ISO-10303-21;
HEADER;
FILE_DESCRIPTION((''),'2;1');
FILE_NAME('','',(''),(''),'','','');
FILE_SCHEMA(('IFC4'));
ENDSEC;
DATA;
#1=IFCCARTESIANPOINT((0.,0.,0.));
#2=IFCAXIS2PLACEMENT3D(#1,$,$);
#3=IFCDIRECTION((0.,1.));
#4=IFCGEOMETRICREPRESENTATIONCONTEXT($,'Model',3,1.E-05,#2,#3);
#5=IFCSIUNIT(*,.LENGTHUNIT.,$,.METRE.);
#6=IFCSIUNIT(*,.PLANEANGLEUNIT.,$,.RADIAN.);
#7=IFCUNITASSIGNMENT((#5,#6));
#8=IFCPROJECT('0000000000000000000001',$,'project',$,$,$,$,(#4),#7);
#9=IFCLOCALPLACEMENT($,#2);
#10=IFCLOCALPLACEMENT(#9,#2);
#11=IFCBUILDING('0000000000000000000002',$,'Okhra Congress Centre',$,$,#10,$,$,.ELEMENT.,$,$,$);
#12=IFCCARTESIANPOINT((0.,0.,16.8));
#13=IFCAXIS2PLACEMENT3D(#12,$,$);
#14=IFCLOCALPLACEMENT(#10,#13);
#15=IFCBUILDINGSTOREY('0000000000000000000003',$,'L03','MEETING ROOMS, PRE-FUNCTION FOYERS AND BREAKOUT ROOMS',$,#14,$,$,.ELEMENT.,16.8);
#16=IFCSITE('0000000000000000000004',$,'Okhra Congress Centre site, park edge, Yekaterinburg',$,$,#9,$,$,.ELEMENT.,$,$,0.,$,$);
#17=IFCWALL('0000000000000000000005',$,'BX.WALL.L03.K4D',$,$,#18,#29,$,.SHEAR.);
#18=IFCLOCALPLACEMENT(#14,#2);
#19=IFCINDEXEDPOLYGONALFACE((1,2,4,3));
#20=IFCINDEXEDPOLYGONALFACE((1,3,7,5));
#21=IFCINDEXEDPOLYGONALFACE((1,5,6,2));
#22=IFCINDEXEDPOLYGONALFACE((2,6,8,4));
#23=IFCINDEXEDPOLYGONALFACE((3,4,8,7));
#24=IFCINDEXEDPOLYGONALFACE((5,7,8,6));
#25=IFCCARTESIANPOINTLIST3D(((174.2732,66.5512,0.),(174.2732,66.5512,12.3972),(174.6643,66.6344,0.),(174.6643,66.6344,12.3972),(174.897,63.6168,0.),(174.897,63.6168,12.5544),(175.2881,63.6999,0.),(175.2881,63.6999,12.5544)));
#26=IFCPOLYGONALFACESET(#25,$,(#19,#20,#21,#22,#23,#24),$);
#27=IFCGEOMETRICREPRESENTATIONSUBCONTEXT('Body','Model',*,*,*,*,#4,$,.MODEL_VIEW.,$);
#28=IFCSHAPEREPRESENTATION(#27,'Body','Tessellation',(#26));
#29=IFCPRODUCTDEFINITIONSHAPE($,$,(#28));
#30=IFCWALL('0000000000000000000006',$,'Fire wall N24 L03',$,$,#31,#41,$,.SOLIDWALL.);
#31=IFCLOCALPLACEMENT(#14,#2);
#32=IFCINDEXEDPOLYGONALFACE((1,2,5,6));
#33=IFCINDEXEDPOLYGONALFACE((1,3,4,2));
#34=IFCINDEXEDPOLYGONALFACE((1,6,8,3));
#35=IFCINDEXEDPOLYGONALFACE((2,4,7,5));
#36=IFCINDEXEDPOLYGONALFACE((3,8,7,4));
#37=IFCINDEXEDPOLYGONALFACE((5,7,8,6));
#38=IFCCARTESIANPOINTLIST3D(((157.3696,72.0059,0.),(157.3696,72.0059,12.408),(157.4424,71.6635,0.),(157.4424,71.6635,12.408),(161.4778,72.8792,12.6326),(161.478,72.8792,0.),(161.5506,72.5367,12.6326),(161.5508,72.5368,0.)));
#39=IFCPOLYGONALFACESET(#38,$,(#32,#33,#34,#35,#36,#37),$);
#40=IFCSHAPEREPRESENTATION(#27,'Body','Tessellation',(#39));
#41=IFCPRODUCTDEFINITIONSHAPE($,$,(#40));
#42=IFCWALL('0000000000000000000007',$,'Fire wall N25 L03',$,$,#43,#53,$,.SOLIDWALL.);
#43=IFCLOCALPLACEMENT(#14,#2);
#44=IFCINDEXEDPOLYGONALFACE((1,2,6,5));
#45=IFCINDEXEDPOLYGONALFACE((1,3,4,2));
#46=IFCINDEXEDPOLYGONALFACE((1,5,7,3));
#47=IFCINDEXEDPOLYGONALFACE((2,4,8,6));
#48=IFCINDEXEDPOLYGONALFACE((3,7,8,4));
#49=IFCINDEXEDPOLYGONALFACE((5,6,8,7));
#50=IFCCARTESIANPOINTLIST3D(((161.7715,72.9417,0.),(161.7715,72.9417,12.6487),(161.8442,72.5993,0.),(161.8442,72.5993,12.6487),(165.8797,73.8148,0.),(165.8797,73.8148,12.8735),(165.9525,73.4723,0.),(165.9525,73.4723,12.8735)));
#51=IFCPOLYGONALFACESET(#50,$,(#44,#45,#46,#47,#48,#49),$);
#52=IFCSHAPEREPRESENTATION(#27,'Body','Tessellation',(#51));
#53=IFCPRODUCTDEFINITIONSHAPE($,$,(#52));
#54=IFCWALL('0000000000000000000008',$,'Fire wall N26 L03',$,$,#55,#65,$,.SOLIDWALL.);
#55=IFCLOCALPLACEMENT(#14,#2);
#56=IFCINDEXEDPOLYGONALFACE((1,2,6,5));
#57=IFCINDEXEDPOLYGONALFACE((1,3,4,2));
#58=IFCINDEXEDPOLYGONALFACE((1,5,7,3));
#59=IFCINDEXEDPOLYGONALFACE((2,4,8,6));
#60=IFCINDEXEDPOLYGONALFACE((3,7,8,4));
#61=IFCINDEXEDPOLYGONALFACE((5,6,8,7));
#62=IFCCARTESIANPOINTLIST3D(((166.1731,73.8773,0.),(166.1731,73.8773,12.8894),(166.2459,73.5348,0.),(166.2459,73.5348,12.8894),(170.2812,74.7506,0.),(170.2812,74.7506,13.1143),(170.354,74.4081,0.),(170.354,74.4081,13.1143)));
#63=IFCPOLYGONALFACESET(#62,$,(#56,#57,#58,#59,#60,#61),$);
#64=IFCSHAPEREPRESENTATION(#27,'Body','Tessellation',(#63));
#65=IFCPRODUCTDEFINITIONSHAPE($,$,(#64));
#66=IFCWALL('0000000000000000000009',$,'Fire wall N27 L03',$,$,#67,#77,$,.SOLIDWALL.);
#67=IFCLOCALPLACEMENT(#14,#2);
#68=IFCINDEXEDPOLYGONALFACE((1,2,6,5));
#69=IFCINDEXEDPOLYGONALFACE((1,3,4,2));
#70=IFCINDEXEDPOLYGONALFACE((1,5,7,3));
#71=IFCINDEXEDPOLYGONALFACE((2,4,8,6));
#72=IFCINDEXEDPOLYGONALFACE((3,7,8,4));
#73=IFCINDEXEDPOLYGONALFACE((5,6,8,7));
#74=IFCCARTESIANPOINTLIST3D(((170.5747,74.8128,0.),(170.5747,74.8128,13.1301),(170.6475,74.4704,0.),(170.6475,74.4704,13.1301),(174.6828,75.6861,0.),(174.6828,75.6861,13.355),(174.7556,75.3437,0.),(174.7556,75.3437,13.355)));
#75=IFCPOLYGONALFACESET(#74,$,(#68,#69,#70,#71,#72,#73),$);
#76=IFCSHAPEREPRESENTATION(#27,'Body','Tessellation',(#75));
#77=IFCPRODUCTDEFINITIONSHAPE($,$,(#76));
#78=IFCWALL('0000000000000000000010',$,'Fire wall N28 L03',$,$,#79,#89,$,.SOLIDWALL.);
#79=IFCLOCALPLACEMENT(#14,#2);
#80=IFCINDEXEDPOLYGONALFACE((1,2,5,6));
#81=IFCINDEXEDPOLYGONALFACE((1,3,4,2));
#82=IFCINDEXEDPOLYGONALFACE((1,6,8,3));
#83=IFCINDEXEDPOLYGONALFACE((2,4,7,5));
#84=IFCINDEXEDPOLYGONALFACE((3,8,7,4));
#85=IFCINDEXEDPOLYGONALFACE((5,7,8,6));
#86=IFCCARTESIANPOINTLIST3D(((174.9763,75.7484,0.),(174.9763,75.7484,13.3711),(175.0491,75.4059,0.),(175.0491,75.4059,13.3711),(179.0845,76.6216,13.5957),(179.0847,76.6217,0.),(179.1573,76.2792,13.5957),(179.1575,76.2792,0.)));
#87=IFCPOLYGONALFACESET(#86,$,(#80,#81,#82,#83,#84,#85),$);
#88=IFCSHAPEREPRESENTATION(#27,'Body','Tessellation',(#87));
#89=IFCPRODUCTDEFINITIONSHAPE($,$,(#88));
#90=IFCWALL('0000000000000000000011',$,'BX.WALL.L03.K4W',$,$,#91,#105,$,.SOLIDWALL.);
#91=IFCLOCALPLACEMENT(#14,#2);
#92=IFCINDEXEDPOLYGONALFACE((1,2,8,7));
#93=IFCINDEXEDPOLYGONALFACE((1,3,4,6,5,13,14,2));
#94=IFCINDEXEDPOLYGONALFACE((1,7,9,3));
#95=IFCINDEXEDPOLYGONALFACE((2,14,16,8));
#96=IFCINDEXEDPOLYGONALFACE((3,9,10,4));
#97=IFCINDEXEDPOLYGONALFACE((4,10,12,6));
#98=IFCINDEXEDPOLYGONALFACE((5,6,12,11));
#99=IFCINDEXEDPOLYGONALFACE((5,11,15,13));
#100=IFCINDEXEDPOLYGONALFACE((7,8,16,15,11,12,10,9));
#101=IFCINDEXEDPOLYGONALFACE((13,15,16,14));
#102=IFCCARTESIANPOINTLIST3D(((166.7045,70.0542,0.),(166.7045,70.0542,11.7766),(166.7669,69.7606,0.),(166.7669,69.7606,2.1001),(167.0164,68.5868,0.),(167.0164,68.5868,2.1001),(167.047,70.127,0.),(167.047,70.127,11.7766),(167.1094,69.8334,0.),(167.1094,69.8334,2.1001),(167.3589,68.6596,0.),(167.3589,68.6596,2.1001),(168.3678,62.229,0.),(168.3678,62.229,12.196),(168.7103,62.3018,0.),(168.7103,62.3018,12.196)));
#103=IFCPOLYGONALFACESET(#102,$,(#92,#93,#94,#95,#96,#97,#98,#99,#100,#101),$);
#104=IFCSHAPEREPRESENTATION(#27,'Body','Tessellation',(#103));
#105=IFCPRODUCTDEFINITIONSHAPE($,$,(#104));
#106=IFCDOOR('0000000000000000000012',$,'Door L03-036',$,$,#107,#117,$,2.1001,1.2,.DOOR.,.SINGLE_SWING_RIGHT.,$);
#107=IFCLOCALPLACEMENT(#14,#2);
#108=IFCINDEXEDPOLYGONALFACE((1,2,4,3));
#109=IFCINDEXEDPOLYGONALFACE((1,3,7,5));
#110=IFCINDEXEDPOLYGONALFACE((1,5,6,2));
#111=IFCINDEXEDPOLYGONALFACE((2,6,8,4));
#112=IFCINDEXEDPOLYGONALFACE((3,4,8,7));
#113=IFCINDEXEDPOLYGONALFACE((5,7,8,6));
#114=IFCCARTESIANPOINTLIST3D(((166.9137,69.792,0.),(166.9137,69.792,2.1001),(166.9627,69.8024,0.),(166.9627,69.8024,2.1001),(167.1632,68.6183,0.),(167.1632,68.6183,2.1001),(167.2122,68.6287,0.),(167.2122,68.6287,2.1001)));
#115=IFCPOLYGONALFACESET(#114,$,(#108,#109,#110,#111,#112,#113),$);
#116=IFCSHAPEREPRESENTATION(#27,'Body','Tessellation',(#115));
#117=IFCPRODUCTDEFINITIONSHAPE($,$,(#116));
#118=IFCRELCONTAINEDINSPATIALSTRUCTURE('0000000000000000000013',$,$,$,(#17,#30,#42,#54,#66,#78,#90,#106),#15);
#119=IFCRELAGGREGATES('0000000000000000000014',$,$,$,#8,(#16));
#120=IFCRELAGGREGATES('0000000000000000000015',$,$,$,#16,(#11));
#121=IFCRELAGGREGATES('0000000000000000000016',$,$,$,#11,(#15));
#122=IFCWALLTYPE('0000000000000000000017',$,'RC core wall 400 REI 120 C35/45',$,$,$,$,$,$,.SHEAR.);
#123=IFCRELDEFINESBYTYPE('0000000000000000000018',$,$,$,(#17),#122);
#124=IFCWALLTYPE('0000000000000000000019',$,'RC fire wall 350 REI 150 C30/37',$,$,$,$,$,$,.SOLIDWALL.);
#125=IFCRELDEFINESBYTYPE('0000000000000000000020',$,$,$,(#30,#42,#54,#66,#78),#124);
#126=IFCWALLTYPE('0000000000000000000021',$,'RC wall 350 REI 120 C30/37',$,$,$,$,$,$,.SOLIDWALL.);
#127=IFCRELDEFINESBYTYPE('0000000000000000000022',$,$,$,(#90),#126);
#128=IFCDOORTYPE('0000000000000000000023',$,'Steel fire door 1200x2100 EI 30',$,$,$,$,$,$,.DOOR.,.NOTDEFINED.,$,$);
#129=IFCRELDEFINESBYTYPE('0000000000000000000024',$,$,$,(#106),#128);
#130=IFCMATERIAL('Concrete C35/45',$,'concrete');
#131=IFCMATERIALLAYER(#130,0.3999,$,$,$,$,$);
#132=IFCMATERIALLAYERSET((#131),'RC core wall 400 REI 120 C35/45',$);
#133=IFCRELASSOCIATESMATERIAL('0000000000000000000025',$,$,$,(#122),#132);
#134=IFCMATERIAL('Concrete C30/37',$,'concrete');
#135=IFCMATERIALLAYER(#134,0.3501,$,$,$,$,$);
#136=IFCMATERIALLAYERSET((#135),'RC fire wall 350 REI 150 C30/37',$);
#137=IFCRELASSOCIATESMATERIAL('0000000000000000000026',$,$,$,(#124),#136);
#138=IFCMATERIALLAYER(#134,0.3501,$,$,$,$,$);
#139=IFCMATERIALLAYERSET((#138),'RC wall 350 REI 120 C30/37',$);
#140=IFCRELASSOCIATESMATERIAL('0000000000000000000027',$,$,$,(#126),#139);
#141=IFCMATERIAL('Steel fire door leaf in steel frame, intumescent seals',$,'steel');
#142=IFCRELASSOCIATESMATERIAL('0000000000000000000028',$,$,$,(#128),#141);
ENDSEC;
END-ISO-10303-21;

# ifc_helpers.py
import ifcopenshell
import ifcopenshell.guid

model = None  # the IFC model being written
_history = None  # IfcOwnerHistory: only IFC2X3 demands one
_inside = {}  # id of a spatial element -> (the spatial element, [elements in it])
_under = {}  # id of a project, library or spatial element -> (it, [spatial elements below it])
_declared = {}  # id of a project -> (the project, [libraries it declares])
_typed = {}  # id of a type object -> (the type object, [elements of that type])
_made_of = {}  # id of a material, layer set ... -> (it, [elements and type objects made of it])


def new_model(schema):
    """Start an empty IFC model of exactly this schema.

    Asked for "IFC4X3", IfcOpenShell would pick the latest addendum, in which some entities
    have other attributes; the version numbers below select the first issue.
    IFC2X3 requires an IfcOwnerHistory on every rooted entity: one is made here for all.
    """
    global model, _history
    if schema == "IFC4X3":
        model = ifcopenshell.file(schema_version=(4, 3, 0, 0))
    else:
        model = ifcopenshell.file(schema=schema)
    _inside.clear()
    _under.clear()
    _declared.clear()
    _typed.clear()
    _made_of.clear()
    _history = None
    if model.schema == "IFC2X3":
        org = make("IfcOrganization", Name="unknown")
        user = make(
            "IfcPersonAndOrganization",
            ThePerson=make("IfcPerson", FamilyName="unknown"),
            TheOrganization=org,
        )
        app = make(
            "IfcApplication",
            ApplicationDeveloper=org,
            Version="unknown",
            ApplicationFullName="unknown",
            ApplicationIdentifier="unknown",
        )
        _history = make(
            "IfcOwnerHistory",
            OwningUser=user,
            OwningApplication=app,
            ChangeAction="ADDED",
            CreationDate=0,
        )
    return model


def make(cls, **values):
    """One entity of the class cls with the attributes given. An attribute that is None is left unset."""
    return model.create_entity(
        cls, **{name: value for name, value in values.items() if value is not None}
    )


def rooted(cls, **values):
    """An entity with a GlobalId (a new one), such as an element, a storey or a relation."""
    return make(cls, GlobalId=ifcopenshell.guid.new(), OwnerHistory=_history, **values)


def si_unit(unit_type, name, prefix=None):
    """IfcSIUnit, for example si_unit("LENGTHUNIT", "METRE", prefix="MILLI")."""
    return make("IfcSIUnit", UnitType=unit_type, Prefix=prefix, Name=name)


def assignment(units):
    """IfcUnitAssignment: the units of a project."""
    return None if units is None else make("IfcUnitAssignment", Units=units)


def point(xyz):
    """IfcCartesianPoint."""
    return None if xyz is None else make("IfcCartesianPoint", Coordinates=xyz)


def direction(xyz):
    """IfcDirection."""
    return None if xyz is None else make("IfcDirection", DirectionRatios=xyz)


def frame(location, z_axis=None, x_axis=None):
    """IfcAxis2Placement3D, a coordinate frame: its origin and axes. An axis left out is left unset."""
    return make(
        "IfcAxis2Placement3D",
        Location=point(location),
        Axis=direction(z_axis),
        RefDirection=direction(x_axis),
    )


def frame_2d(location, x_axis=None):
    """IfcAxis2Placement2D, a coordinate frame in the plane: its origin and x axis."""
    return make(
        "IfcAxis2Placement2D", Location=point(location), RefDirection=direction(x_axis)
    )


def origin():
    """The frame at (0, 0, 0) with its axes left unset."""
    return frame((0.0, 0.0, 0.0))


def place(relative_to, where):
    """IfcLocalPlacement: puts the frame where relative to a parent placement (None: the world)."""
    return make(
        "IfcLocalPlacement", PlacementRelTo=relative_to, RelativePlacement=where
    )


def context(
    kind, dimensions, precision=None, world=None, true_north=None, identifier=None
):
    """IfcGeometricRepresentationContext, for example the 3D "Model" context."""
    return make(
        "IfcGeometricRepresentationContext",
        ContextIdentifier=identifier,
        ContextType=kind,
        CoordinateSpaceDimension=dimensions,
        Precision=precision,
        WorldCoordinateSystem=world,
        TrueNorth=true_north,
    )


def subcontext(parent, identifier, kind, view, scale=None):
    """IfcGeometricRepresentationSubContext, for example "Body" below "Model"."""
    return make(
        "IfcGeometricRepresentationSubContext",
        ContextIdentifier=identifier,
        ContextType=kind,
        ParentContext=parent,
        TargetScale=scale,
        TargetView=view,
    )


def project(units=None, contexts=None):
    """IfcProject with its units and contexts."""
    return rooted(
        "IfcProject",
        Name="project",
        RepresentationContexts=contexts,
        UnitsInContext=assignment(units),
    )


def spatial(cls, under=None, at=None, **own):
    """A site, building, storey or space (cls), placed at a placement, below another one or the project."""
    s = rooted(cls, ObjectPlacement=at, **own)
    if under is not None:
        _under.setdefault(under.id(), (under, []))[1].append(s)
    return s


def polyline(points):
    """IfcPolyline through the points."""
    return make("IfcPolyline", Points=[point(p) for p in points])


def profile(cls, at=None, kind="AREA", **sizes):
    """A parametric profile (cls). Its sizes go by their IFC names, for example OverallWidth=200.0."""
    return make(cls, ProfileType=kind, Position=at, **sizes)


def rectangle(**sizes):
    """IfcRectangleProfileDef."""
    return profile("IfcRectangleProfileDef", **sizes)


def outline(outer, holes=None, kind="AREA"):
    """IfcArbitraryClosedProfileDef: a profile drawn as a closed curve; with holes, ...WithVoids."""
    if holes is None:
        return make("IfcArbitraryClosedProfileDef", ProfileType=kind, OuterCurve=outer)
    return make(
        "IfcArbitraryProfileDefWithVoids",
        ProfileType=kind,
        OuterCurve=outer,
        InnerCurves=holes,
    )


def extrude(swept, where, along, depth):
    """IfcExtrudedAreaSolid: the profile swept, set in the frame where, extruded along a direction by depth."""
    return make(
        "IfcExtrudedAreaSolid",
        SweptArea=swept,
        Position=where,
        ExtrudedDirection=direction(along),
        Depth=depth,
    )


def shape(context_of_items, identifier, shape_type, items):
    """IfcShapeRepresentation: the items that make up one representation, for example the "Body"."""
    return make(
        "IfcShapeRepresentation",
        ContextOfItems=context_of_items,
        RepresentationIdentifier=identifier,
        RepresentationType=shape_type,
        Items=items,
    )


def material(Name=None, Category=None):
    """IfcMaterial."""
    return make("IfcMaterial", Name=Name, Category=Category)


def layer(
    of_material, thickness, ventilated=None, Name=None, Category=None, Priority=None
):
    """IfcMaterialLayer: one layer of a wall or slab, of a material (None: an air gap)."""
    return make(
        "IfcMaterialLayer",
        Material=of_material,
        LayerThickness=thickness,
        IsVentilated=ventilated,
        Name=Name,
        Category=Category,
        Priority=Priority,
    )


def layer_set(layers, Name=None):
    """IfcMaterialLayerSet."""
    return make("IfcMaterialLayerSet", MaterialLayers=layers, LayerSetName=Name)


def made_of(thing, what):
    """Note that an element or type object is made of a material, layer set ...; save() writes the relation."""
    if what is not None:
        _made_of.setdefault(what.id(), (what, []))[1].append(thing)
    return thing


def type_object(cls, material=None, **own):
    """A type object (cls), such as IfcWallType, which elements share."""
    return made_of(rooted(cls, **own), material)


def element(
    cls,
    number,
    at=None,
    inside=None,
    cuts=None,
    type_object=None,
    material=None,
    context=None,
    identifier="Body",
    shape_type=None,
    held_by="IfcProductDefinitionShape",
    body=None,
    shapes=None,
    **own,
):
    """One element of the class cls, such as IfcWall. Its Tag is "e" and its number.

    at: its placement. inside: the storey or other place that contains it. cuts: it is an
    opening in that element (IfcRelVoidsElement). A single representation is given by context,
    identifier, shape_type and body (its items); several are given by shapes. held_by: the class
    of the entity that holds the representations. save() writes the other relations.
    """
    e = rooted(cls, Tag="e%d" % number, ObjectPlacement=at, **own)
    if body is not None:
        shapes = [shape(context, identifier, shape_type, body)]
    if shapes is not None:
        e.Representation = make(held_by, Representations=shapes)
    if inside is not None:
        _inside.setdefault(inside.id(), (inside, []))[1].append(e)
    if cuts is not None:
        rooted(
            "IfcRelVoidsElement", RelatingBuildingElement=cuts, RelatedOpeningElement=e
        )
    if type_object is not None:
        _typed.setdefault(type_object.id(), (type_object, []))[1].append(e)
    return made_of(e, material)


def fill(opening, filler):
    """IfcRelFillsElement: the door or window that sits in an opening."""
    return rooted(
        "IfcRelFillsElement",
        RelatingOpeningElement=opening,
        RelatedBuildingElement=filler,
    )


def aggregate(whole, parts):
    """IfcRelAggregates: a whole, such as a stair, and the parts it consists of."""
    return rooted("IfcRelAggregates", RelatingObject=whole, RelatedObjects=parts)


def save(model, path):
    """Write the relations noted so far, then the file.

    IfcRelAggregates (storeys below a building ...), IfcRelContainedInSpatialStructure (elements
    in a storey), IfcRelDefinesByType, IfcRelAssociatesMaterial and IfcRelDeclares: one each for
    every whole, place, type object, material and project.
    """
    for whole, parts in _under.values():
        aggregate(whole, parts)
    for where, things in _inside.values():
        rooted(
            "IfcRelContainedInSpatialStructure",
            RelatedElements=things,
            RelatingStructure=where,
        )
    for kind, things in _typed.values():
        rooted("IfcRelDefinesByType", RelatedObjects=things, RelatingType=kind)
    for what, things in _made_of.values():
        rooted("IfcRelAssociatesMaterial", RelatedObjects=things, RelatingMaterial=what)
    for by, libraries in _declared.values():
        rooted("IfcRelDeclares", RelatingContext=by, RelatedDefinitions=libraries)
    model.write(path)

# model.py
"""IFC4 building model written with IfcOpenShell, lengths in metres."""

from ifc_helpers import new_model, si_unit, direction, frame, frame_2d, origin, place, context, subcontext, project, spatial, polyline, rectangle, outline, extrude, material, layer, layer_set, type_object, element, fill, save


model = new_model("IFC4")

# Units and contexts
model_context = context("Model", 3, precision=1e-05, world=origin(), true_north=direction((0.0, 1.0)))
body_context = subcontext(model_context, "Body", "Model", "MODEL_VIEW")
ifc_project = project(units=[si_unit("LENGTHUNIT", "METRE"), si_unit("PLANEANGLEUNIT", "RADIAN")], contexts=[model_context])

# Site, building, storey
site_placement = place(None, origin())
site = spatial("IfcSite", under=ifc_project, at=site_placement, Name="Okhra Congress Centre site, park edge, Yekaterinburg", CompositionType="ELEMENT", RefElevation=0.0)
building_placement = place(site_placement, origin())
building = spatial("IfcBuilding", under=site, at=building_placement, Name="Okhra Congress Centre", CompositionType="ELEMENT")
storey_placement = place(building_placement, frame((0.0, 0.0, 16.8)))
storey = spatial("IfcBuildingStorey", under=building, at=storey_placement, Name="L03", Description="MEETING ROOMS, PRE-FUNCTION FOYERS AND BREAKOUT ROOMS", CompositionType="ELEMENT", Elevation=16.8)

# Shared definitions
ifc_material_1 = material(Name="Concrete C35/45", Category="concrete")
ifc_material_2 = material(Name="Steel fire door leaf in steel frame, intumescent seals", Category="steel")

# Walls
ifc_layer_1 = layer(ifc_material_1, 0.3999)
ifc_layer_set_1 = layer_set([ifc_layer_1], Name="RC core wall 400 REI 120 C35/45")
wall_type_1 = type_object("IfcWallType", Name="RC core wall 400 REI 120 C35/45", PredefinedType="SHEAR", material=ifc_layer_set_1)
wall_1_placement = place(storey_placement, frame((174.4688, 66.5928, 0.0), z_axis=(0.0, 0.0, 1.0), x_axis=(0.207934, -0.978143, 0.0)))
element("IfcWall", 1, at=wall_1_placement, inside=storey, type_object=wall_type_1, Name="BX.WALL.L03.K4D", PredefinedType="SHEAR", context=body_context, shape_type="SweptSolid", body=[
    extrude(outline(polyline([(0.0, 0.0), (3.0, 0.0), (3.0, 12.5544), (0.0, 12.3972), (0.0, 0.0)])), frame((0.0, 0.2, 0.0), z_axis=(0.0, -1.0, 0.0), x_axis=(1.0, 0.0, 0.0)), (0.0, 0.0, 1.0), 0.3999),
])
ifc_material_3 = material(Name="Concrete C30/37", Category="concrete")
ifc_layer_2 = layer(ifc_material_3, 0.3501)
ifc_layer_set_2 = layer_set([ifc_layer_2], Name="RC fire wall 350 REI 150 C30/37")
wall_type_2 = type_object("IfcWallType", Name="RC fire wall 350 REI 150 C30/37", PredefinedType="SOLIDWALL", material=ifc_layer_set_2)
wall_2_placement = place(storey_placement, frame((157.406, 71.8347, 0.0), z_axis=(0.0, 0.0, 1.0), x_axis=(0.978146, 0.207917, 0.0)))
element("IfcWall", 2, at=wall_2_placement, inside=storey, type_object=wall_type_2, Name="Fire wall N24 L03", PredefinedType="SOLIDWALL", context=body_context, shape_type="SweptSolid", body=[
    extrude(outline(polyline([(0.0, 0.0), (4.2002, 0.0), (4.2, 12.6326), (0.0, 12.408), (0.0, 0.0)])), frame((0.0, 0.175, 0.0), z_axis=(0.0, -1.0, 0.0), x_axis=(1.0, 0.0, 0.0)), (0.0, 0.0, 1.0), 0.3501),
])
wall_3_placement = place(storey_placement, frame((161.8079, 72.7705, 0.0), z_axis=(0.0, 0.0, 1.0), x_axis=(0.978156, 0.207873, 0.0)))
element("IfcWall", 3, at=wall_3_placement, inside=storey, type_object=wall_type_2, Name="Fire wall N25 L03", PredefinedType="SOLIDWALL", context=body_context, shape_type="SweptSolid", body=[
    extrude(outline(polyline([(0.0, 0.0), (4.2, 0.0), (4.2, 12.8735), (0.0, 12.6487), (0.0, 0.0)])), frame((0.0, 0.175, 0.0), z_axis=(0.0, -1.0, 0.0), x_axis=(1.0, 0.0, 0.0)), (0.0, 0.0, 1.0), 0.3501),
])
wall_4_placement = place(storey_placement, frame((166.2095, 73.7061, 0.0), z_axis=(0.0, 0.0, 1.0), x_axis=(0.978144, 0.207929, 0.0)))
element("IfcWall", 4, at=wall_4_placement, inside=storey, type_object=wall_type_2, Name="Fire wall N26 L03", PredefinedType="SOLIDWALL", context=body_context, shape_type="SweptSolid", body=[
    extrude(outline(polyline([(0.0, 0.0), (4.2, 0.0), (4.2, 13.1143), (0.0, 12.8894), (0.0, 0.0)])), frame((0.0, 0.175, 0.0), z_axis=(0.0, -1.0, 0.0), x_axis=(1.0, 0.0, 0.0)), (0.0, 0.0, 1.0), 0.3501),
])
wall_5_placement = place(storey_placement, frame((170.6111, 74.6416, 0.0), z_axis=(0.0, 0.0, 1.0), x_axis=(0.978144, 0.207929, 0.0)))
element("IfcWall", 5, at=wall_5_placement, inside=storey, type_object=wall_type_2, Name="Fire wall N27 L03", PredefinedType="SOLIDWALL", context=body_context, shape_type="SweptSolid", body=[
    extrude(outline(polyline([(0.0, 0.0), (4.2, 0.0), (4.2, 13.355), (0.0, 13.1301), (0.0, 0.0)])), frame((0.0, 0.175, 0.0), z_axis=(0.0, -1.0, 0.0), x_axis=(1.0, 0.0, 0.0)), (0.0, 0.0, 1.0), 0.3501),
])
wall_6_placement = place(storey_placement, frame((175.0127, 75.5771, 0.0), z_axis=(0.0, 0.0, 1.0), x_axis=(0.978146, 0.207917, 0.0)))
element("IfcWall", 6, at=wall_6_placement, inside=storey, type_object=wall_type_2, Name="Fire wall N28 L03", PredefinedType="SOLIDWALL", context=body_context, shape_type="SweptSolid", body=[
    extrude(outline(polyline([(0.0, 0.0), (4.2002, 0.0), (4.2, 13.5957), (0.0, 13.3711), (0.0, 0.0)])), frame((0.0, 0.175, 0.0), z_axis=(0.0, -1.0, 0.0), x_axis=(1.0, 0.0, 0.0)), (0.0, 0.0, 1.0), 0.3501),
])

# Wall, opening, door
ifc_layer_3 = layer(ifc_material_3, 0.3501)
ifc_layer_set_3 = layer_set([ifc_layer_3], Name="RC wall 350 REI 120 C30/37")
wall_type_3 = type_object("IfcWallType", Name="RC wall 350 REI 120 C30/37", PredefinedType="SOLIDWALL", material=ifc_layer_set_3)
wall_7_placement = place(storey_placement, frame((166.8757, 70.0906, 0.0), z_axis=(0.0, 0.0, 1.0), x_axis=(0.207916, -0.978147, 0.0)))
wall_7 = element("IfcWall", 7, at=wall_7_placement, inside=storey, type_object=wall_type_3, Name="BX.WALL.L03.K4W", PredefinedType="SOLIDWALL", context=body_context, shape_type="SweptSolid", body=[
    extrude(outline(polyline([(0.0, 0.0), (8.0, 0.0), (8.0, 12.196), (0.0, 11.7766), (0.0, 0.0)])), frame((0.0, 0.175, 0.0), z_axis=(0.0, -1.0, 0.0), x_axis=(1.0, 0.0, 0.0)), (0.0, 0.0, 1.0), 0.3501),
])
opening_1_placement = place(wall_7_placement, frame((0.3, 0.0, 0.0)))
opening_1 = element("IfcOpeningElement", 8, at=opening_1_placement, cuts=wall_7, PredefinedType="OPENING", context=body_context, shape_type="SweptSolid", body=[
    extrude(rectangle(XDim=1.2, YDim=2.1001, at=frame_2d((0.6001, 1.05))), frame((0.0, 0.1851, 0.0), z_axis=(0.0, -1.0, 0.0), x_axis=(1.0, 0.0, 0.0)), (0.0, 0.0, 1.0), 0.3701),
])
door_type_1 = type_object("IfcDoorType", Name="Steel fire door 1200x2100 EI 30", OperationType="NOTDEFINED", PredefinedType="DOOR", material=ifc_material_2)
door_1_placement = place(opening_1_placement, frame((1.2, 0.0, 0.0), z_axis=(0.0, 0.0, 1.0), x_axis=(-1.0, 0.0, 0.0)))
door_1 = element("IfcDoor", 9, at=door_1_placement, inside=storey, type_object=door_type_1, Name="Door L03-036", OperationType="SINGLE_SWING_RIGHT", OverallHeight=2.1001, OverallWidth=1.2, PredefinedType="DOOR", context=body_context, shape_type="SweptSolid", body=[
    extrude(rectangle(XDim=1.2, YDim=2.1001, at=frame_2d((0.6001, 1.05))), frame((0.0, 0.0249, 0.0), z_axis=(0.0, -1.0, 0.0), x_axis=(1.0, 0.0, 0.0)), (0.0, 0.0, 1.0), 0.05),
])
fill(opening_1, door_1)

save(model, "model.ifc")
